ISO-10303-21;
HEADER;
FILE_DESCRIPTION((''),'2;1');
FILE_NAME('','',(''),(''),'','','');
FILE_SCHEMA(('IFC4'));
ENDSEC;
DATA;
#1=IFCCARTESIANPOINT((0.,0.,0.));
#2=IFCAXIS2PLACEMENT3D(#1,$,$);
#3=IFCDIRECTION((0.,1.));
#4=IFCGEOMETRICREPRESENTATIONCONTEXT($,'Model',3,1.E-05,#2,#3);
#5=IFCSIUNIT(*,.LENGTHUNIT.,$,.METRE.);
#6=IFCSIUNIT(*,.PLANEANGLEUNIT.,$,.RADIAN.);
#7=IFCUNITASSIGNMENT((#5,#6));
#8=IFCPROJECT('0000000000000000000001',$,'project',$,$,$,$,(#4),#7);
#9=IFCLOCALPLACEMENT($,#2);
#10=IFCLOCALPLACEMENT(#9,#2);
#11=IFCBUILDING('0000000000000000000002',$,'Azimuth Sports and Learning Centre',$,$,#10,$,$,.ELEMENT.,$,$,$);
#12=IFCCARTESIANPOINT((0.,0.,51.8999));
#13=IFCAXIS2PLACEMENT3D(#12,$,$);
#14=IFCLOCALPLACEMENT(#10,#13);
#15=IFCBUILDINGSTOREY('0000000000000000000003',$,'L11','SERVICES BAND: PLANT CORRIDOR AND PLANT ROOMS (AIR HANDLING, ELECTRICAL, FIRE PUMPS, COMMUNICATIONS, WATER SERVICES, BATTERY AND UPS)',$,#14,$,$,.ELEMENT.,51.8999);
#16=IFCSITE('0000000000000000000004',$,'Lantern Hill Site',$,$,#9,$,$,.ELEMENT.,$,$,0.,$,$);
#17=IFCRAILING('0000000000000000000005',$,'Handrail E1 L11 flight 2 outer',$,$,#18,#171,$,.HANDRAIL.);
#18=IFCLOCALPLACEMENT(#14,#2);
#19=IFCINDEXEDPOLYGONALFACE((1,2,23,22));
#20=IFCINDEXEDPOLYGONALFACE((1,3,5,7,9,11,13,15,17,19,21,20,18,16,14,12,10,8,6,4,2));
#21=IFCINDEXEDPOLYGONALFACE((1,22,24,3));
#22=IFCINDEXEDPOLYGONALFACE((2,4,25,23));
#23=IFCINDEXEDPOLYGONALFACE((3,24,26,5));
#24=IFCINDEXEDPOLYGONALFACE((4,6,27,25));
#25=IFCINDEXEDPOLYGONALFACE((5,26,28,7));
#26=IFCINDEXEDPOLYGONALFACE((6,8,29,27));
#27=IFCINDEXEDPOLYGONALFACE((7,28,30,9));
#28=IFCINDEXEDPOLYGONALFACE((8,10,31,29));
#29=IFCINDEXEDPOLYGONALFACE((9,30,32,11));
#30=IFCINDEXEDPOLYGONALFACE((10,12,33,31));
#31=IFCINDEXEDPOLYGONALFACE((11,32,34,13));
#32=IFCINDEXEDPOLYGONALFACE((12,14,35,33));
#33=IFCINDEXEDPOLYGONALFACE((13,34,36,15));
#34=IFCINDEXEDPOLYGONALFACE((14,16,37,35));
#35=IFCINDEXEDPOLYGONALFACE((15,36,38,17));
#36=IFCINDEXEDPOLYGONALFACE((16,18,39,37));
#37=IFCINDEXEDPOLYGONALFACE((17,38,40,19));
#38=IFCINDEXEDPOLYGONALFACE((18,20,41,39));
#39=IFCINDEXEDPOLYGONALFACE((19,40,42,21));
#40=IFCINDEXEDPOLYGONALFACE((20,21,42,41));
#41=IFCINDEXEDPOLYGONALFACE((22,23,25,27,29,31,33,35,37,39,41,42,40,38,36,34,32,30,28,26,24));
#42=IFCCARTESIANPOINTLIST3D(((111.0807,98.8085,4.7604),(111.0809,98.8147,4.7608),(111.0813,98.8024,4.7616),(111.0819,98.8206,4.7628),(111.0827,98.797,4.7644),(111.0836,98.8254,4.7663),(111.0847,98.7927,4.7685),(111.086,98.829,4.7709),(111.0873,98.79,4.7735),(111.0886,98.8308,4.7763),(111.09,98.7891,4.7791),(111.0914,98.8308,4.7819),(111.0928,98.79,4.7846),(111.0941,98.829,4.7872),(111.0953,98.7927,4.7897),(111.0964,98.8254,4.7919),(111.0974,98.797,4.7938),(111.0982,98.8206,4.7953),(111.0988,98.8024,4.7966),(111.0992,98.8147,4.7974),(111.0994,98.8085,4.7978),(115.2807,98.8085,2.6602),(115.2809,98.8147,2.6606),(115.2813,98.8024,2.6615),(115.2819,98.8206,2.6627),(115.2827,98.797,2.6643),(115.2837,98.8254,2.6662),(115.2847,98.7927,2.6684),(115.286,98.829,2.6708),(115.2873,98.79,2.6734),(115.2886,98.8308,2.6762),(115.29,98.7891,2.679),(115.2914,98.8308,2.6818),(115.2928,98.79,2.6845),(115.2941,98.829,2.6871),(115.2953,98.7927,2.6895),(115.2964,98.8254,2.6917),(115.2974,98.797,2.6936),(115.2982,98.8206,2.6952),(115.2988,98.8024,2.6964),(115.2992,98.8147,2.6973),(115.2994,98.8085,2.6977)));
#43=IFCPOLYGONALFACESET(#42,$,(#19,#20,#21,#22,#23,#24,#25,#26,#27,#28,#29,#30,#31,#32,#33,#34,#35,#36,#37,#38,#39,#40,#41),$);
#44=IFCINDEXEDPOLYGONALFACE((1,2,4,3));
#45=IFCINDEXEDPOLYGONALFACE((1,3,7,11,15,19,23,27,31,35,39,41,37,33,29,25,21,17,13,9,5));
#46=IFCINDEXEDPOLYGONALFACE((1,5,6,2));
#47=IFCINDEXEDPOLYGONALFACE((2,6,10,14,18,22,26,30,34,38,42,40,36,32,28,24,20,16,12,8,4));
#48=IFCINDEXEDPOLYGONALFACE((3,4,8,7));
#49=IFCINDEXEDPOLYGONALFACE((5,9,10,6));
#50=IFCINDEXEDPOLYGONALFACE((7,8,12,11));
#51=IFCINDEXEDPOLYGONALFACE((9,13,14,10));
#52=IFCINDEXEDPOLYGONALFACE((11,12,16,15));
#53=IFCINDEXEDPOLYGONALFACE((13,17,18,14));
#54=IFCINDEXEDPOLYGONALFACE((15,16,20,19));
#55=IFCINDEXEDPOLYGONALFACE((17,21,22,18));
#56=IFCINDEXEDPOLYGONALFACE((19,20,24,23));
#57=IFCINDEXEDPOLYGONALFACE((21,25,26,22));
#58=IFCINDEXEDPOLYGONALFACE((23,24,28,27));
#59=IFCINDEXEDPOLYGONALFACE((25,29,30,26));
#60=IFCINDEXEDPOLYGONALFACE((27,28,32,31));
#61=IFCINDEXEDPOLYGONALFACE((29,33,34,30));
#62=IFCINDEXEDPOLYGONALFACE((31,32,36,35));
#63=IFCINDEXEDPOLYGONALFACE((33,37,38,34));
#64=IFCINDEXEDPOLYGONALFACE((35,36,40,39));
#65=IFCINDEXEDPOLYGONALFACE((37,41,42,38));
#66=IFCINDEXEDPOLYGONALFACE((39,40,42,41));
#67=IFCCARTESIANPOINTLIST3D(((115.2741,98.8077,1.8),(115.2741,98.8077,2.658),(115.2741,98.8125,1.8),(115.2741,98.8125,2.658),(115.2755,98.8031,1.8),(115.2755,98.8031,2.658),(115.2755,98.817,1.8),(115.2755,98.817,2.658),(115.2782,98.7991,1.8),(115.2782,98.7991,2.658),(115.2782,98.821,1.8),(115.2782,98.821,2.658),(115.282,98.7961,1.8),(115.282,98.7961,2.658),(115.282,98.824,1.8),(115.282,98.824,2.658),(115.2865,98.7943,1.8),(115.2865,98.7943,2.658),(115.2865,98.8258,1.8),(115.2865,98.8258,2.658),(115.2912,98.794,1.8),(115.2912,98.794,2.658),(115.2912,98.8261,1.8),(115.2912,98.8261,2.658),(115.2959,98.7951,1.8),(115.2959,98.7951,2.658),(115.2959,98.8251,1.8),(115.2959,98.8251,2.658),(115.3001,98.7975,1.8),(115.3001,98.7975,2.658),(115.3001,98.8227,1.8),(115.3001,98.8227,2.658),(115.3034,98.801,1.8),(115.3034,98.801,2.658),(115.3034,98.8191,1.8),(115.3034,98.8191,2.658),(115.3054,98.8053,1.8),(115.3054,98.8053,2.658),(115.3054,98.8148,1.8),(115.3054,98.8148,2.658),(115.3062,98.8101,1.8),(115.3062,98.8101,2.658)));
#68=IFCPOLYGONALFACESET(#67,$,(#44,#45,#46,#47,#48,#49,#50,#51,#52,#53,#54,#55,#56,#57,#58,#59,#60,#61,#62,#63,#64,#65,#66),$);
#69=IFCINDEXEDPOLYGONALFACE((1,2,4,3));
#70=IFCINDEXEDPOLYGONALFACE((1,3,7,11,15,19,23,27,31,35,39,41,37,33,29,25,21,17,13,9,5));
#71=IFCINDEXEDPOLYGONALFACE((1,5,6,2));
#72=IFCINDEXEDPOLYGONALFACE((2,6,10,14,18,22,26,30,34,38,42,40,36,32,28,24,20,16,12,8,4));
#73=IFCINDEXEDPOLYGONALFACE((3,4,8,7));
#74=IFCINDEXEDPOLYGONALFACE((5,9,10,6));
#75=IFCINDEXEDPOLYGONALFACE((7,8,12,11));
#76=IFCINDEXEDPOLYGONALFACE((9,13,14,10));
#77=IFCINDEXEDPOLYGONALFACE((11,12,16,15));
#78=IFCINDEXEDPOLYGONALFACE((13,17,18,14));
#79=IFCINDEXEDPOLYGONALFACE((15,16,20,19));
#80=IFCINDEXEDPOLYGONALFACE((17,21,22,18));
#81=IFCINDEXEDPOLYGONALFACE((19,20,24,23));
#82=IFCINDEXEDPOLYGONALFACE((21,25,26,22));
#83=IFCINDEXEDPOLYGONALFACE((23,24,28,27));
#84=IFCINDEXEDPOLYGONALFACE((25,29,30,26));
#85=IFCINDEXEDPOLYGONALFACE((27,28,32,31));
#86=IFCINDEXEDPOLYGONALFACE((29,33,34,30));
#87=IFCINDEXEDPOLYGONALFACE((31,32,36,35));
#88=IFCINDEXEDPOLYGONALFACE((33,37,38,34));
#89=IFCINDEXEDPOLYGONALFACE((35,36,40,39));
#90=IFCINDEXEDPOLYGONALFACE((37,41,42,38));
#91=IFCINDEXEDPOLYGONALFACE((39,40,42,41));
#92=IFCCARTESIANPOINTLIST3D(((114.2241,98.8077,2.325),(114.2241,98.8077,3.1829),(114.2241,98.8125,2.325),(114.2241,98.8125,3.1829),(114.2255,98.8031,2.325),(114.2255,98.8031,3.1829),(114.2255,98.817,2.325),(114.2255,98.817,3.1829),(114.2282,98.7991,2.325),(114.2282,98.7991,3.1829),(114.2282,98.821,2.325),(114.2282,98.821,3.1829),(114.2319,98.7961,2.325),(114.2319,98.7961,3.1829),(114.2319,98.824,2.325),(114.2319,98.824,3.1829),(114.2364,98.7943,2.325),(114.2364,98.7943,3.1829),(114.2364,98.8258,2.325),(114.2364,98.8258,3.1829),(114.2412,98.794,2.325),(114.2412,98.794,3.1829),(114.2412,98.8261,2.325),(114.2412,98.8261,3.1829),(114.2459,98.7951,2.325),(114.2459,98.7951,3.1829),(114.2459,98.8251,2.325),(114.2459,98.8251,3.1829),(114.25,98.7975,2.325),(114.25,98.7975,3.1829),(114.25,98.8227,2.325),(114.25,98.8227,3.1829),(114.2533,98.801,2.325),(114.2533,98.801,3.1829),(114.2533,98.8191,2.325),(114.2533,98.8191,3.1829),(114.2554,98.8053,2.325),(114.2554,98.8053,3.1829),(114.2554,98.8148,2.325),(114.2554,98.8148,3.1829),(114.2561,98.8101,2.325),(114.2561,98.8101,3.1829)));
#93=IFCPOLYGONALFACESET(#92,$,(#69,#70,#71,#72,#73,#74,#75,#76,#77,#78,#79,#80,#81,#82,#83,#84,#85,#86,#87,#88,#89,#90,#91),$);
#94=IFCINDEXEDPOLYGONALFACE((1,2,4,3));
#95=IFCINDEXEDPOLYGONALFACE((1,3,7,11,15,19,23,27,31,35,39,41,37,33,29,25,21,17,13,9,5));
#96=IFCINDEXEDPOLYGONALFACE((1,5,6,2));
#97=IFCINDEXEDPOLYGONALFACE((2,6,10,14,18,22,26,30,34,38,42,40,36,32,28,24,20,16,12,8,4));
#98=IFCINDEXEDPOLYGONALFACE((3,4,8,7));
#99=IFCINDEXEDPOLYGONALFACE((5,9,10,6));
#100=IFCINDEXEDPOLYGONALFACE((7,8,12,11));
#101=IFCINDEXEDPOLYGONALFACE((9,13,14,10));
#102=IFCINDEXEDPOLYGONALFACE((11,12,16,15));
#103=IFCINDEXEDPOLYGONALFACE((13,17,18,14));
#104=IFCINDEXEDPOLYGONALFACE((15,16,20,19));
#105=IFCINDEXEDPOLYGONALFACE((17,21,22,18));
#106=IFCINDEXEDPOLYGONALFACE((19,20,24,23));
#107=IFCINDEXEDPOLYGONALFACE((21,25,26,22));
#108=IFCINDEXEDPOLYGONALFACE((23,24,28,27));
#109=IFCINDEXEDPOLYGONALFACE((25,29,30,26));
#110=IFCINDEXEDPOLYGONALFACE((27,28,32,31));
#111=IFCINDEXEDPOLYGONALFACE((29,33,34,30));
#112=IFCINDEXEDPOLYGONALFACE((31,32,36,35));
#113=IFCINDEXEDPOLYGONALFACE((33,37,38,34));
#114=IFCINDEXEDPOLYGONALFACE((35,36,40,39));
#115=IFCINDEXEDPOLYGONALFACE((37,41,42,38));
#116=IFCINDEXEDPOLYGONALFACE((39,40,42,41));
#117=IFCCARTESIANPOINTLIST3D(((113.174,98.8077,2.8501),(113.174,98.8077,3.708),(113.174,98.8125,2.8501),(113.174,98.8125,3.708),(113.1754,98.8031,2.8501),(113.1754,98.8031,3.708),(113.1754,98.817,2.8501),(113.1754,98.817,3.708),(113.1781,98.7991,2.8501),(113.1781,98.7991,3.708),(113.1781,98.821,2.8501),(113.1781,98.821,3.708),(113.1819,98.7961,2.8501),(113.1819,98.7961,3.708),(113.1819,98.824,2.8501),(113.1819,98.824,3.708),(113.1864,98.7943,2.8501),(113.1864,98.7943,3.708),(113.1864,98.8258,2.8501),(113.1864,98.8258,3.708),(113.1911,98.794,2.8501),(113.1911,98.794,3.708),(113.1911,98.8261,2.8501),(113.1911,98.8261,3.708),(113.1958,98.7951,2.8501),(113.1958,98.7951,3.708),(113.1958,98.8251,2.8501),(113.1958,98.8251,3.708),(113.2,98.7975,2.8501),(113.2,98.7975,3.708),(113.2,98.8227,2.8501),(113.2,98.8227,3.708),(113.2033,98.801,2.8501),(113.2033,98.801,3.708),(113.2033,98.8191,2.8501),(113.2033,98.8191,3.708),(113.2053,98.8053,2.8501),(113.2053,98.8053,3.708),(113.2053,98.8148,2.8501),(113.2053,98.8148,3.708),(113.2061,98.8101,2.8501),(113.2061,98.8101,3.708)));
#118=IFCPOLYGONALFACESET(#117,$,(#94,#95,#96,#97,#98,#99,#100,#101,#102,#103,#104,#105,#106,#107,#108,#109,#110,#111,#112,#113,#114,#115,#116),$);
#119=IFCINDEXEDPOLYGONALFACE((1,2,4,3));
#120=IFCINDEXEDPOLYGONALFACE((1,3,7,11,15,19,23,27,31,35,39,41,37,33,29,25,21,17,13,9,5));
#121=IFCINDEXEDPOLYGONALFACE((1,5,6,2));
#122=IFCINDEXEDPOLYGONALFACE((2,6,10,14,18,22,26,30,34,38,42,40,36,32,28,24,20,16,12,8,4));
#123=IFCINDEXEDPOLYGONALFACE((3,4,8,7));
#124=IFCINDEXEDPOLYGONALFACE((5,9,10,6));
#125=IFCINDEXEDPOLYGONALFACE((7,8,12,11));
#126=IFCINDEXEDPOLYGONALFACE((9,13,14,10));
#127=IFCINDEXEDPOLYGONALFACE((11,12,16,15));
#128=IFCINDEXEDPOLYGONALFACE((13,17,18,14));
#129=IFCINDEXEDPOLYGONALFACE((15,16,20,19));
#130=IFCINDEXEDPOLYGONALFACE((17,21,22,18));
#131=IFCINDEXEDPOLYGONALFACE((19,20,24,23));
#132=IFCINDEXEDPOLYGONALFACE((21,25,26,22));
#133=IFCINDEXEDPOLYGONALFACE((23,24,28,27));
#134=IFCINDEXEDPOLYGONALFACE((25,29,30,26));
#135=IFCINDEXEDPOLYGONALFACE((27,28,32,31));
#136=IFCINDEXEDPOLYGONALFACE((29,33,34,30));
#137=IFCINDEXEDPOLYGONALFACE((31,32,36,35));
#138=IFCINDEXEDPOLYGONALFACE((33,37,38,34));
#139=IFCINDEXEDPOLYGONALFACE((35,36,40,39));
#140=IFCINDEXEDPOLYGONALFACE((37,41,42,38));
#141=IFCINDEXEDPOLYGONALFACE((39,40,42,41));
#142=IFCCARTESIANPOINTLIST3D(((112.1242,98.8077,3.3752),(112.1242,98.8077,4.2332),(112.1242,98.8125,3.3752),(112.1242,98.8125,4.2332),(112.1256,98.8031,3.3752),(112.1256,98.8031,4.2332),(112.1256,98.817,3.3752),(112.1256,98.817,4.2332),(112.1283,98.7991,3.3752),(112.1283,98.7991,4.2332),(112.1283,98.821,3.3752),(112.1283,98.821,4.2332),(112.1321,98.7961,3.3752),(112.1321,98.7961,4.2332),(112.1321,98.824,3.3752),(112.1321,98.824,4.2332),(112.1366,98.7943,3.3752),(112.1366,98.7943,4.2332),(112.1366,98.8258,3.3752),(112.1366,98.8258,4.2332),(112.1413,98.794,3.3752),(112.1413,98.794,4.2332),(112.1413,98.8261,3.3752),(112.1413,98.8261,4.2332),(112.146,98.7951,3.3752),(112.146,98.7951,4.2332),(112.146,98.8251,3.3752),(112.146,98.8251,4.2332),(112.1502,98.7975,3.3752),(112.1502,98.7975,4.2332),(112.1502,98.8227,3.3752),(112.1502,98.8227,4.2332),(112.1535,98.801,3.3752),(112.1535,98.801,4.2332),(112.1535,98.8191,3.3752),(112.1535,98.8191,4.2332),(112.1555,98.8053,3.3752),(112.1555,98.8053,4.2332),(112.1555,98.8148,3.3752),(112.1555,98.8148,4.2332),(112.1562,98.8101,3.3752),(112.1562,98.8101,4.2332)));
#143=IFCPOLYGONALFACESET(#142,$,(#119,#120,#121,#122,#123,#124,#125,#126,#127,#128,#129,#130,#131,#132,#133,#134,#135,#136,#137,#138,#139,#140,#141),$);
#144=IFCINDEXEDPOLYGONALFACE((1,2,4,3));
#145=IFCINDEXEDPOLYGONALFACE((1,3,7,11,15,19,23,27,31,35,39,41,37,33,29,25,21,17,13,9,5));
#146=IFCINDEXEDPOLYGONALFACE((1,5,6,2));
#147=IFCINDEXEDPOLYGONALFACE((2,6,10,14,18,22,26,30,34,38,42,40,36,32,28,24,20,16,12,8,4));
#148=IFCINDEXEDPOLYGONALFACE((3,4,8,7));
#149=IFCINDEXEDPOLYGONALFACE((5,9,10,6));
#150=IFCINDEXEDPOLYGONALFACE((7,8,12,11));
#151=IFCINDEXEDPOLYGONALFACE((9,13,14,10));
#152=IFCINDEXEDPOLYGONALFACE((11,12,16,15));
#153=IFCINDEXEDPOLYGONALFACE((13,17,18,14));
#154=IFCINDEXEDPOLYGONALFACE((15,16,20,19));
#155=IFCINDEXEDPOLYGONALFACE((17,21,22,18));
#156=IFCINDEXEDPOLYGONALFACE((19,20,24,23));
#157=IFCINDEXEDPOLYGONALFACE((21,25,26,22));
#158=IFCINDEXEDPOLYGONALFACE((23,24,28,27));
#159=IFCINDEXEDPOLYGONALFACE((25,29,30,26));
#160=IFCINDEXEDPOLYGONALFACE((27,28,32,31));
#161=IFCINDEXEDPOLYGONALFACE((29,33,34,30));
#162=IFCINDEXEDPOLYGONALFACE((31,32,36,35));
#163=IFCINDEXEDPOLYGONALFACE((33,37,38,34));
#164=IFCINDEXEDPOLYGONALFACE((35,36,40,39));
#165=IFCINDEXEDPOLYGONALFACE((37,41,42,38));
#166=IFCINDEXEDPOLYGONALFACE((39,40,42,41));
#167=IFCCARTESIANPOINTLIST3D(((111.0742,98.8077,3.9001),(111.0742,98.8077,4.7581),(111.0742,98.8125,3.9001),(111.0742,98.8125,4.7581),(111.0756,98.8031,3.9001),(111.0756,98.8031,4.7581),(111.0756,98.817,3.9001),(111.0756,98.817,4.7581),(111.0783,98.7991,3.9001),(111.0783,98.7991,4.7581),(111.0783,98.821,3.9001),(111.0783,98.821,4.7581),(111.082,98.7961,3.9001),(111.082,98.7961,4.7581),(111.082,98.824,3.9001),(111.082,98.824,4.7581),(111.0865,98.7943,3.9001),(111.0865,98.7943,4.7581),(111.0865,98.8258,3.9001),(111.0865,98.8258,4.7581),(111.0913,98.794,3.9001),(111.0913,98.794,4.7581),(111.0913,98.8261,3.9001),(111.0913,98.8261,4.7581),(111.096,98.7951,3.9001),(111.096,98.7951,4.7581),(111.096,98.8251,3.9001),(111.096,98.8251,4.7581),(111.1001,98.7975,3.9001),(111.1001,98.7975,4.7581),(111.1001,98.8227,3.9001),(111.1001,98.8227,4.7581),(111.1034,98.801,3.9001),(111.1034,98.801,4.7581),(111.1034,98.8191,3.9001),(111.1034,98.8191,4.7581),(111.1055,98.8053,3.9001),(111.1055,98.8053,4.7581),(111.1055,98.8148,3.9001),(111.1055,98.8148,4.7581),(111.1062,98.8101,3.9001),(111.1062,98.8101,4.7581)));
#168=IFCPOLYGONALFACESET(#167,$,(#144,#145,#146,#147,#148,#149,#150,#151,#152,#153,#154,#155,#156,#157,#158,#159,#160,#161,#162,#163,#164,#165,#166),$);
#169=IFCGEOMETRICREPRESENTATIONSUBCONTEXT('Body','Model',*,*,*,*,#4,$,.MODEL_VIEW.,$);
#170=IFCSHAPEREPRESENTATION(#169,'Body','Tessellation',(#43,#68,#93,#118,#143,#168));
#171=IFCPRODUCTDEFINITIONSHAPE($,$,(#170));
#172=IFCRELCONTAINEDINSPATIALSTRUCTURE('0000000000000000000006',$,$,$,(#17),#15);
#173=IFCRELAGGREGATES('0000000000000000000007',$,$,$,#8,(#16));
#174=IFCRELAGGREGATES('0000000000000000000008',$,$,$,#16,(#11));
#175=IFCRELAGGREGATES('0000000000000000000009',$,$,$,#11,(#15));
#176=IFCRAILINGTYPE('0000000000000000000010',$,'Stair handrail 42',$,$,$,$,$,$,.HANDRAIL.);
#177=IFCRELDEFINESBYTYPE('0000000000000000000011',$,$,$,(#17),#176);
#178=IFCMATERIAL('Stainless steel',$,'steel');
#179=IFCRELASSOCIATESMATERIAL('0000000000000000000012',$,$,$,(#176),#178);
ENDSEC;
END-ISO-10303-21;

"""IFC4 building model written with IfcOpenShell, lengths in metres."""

from ifc_helpers import new_model, si_unit, direction, frame, origin, origin_2d, place, context, subcontext, project, spatial, circle, extrude, material, type_object, element, save


model = new_model("IFC4")

# Units and contexts
model_context = context("Model", 3, precision=1e-05, world=origin(), true_north=direction((0.0, 1.0)))
body_context = subcontext(model_context, "Body", "Model", "MODEL_VIEW")
ifc_project = project(units=[si_unit("LENGTHUNIT", "METRE"), si_unit("PLANEANGLEUNIT", "RADIAN")], contexts=[model_context])

# Site, building, storey
site_placement = place(None, origin())
site = spatial("IfcSite", under=ifc_project, at=site_placement, Name="Lantern Hill Site", CompositionType="ELEMENT", RefElevation=0.0)
building_placement = place(site_placement, origin())
building = spatial("IfcBuilding", under=site, at=building_placement, Name="Azimuth Sports and Learning Centre", CompositionType="ELEMENT")
storey_placement = place(building_placement, frame((0.0, 0.0, 51.8999)))
storey = spatial("IfcBuildingStorey", under=building, at=storey_placement, Name="L11", Description="SERVICES BAND: PLANT CORRIDOR AND PLANT ROOMS (AIR HANDLING, ELECTRICAL, FIRE PUMPS, COMMUNICATIONS, WATER SERVICES, BATTERY AND UPS)", CompositionType="ELEMENT", Elevation=51.8999)

# Railing
ifc_material_1 = material(Name="Stainless steel", Category="steel")
railing_type = type_object("IfcRailingType", Name="Stair handrail 42", PredefinedType="HANDRAIL", material=ifc_material_1)
for number, where, name in (
    (1, (115.29, 98.8101, 1.8), "Handrail E1 L11 flight 2 outer"),
):
    element("IfcRailing", number, at=place(storey_placement, frame(where)), inside=storey, type_object=railing_type, Name=name, PredefinedType="HANDRAIL", context=body_context, shape_type="SweptSolid", body=[
        extrude(circle(Radius=0.021, at=origin_2d()), frame((0.0, 0.0, 0.8789), z_axis=(-0.894417, 0.0, 0.447234), x_axis=(0.0, -1.0, 0.0)), (0.0, 0.0, 1.0), 4.6958),
        extrude(circle(Radius=0.0161, at=origin_2d()), origin(), (0.0, 0.0, 1.0), 0.8579),
        extrude(circle(Radius=0.0161, at=origin_2d()), frame((-1.05, 0.0, 0.5249)), (0.0, 0.0, 1.0), 0.8579),
        extrude(circle(Radius=0.0161, at=origin_2d()), frame((-2.1001, 0.0, 1.05)), (0.0, 0.0, 1.0), 0.8579),
        extrude(circle(Radius=0.0161, at=origin_2d()), frame((-3.1499, 0.0, 1.5752)), (0.0, 0.0, 1.0), 0.8579),
        extrude(circle(Radius=0.0161, at=origin_2d()), frame((-4.2, 0.0, 2.1001)), (0.0, 0.0, 1.0), 0.8579),
    ])

save(model, "model.ifc")
